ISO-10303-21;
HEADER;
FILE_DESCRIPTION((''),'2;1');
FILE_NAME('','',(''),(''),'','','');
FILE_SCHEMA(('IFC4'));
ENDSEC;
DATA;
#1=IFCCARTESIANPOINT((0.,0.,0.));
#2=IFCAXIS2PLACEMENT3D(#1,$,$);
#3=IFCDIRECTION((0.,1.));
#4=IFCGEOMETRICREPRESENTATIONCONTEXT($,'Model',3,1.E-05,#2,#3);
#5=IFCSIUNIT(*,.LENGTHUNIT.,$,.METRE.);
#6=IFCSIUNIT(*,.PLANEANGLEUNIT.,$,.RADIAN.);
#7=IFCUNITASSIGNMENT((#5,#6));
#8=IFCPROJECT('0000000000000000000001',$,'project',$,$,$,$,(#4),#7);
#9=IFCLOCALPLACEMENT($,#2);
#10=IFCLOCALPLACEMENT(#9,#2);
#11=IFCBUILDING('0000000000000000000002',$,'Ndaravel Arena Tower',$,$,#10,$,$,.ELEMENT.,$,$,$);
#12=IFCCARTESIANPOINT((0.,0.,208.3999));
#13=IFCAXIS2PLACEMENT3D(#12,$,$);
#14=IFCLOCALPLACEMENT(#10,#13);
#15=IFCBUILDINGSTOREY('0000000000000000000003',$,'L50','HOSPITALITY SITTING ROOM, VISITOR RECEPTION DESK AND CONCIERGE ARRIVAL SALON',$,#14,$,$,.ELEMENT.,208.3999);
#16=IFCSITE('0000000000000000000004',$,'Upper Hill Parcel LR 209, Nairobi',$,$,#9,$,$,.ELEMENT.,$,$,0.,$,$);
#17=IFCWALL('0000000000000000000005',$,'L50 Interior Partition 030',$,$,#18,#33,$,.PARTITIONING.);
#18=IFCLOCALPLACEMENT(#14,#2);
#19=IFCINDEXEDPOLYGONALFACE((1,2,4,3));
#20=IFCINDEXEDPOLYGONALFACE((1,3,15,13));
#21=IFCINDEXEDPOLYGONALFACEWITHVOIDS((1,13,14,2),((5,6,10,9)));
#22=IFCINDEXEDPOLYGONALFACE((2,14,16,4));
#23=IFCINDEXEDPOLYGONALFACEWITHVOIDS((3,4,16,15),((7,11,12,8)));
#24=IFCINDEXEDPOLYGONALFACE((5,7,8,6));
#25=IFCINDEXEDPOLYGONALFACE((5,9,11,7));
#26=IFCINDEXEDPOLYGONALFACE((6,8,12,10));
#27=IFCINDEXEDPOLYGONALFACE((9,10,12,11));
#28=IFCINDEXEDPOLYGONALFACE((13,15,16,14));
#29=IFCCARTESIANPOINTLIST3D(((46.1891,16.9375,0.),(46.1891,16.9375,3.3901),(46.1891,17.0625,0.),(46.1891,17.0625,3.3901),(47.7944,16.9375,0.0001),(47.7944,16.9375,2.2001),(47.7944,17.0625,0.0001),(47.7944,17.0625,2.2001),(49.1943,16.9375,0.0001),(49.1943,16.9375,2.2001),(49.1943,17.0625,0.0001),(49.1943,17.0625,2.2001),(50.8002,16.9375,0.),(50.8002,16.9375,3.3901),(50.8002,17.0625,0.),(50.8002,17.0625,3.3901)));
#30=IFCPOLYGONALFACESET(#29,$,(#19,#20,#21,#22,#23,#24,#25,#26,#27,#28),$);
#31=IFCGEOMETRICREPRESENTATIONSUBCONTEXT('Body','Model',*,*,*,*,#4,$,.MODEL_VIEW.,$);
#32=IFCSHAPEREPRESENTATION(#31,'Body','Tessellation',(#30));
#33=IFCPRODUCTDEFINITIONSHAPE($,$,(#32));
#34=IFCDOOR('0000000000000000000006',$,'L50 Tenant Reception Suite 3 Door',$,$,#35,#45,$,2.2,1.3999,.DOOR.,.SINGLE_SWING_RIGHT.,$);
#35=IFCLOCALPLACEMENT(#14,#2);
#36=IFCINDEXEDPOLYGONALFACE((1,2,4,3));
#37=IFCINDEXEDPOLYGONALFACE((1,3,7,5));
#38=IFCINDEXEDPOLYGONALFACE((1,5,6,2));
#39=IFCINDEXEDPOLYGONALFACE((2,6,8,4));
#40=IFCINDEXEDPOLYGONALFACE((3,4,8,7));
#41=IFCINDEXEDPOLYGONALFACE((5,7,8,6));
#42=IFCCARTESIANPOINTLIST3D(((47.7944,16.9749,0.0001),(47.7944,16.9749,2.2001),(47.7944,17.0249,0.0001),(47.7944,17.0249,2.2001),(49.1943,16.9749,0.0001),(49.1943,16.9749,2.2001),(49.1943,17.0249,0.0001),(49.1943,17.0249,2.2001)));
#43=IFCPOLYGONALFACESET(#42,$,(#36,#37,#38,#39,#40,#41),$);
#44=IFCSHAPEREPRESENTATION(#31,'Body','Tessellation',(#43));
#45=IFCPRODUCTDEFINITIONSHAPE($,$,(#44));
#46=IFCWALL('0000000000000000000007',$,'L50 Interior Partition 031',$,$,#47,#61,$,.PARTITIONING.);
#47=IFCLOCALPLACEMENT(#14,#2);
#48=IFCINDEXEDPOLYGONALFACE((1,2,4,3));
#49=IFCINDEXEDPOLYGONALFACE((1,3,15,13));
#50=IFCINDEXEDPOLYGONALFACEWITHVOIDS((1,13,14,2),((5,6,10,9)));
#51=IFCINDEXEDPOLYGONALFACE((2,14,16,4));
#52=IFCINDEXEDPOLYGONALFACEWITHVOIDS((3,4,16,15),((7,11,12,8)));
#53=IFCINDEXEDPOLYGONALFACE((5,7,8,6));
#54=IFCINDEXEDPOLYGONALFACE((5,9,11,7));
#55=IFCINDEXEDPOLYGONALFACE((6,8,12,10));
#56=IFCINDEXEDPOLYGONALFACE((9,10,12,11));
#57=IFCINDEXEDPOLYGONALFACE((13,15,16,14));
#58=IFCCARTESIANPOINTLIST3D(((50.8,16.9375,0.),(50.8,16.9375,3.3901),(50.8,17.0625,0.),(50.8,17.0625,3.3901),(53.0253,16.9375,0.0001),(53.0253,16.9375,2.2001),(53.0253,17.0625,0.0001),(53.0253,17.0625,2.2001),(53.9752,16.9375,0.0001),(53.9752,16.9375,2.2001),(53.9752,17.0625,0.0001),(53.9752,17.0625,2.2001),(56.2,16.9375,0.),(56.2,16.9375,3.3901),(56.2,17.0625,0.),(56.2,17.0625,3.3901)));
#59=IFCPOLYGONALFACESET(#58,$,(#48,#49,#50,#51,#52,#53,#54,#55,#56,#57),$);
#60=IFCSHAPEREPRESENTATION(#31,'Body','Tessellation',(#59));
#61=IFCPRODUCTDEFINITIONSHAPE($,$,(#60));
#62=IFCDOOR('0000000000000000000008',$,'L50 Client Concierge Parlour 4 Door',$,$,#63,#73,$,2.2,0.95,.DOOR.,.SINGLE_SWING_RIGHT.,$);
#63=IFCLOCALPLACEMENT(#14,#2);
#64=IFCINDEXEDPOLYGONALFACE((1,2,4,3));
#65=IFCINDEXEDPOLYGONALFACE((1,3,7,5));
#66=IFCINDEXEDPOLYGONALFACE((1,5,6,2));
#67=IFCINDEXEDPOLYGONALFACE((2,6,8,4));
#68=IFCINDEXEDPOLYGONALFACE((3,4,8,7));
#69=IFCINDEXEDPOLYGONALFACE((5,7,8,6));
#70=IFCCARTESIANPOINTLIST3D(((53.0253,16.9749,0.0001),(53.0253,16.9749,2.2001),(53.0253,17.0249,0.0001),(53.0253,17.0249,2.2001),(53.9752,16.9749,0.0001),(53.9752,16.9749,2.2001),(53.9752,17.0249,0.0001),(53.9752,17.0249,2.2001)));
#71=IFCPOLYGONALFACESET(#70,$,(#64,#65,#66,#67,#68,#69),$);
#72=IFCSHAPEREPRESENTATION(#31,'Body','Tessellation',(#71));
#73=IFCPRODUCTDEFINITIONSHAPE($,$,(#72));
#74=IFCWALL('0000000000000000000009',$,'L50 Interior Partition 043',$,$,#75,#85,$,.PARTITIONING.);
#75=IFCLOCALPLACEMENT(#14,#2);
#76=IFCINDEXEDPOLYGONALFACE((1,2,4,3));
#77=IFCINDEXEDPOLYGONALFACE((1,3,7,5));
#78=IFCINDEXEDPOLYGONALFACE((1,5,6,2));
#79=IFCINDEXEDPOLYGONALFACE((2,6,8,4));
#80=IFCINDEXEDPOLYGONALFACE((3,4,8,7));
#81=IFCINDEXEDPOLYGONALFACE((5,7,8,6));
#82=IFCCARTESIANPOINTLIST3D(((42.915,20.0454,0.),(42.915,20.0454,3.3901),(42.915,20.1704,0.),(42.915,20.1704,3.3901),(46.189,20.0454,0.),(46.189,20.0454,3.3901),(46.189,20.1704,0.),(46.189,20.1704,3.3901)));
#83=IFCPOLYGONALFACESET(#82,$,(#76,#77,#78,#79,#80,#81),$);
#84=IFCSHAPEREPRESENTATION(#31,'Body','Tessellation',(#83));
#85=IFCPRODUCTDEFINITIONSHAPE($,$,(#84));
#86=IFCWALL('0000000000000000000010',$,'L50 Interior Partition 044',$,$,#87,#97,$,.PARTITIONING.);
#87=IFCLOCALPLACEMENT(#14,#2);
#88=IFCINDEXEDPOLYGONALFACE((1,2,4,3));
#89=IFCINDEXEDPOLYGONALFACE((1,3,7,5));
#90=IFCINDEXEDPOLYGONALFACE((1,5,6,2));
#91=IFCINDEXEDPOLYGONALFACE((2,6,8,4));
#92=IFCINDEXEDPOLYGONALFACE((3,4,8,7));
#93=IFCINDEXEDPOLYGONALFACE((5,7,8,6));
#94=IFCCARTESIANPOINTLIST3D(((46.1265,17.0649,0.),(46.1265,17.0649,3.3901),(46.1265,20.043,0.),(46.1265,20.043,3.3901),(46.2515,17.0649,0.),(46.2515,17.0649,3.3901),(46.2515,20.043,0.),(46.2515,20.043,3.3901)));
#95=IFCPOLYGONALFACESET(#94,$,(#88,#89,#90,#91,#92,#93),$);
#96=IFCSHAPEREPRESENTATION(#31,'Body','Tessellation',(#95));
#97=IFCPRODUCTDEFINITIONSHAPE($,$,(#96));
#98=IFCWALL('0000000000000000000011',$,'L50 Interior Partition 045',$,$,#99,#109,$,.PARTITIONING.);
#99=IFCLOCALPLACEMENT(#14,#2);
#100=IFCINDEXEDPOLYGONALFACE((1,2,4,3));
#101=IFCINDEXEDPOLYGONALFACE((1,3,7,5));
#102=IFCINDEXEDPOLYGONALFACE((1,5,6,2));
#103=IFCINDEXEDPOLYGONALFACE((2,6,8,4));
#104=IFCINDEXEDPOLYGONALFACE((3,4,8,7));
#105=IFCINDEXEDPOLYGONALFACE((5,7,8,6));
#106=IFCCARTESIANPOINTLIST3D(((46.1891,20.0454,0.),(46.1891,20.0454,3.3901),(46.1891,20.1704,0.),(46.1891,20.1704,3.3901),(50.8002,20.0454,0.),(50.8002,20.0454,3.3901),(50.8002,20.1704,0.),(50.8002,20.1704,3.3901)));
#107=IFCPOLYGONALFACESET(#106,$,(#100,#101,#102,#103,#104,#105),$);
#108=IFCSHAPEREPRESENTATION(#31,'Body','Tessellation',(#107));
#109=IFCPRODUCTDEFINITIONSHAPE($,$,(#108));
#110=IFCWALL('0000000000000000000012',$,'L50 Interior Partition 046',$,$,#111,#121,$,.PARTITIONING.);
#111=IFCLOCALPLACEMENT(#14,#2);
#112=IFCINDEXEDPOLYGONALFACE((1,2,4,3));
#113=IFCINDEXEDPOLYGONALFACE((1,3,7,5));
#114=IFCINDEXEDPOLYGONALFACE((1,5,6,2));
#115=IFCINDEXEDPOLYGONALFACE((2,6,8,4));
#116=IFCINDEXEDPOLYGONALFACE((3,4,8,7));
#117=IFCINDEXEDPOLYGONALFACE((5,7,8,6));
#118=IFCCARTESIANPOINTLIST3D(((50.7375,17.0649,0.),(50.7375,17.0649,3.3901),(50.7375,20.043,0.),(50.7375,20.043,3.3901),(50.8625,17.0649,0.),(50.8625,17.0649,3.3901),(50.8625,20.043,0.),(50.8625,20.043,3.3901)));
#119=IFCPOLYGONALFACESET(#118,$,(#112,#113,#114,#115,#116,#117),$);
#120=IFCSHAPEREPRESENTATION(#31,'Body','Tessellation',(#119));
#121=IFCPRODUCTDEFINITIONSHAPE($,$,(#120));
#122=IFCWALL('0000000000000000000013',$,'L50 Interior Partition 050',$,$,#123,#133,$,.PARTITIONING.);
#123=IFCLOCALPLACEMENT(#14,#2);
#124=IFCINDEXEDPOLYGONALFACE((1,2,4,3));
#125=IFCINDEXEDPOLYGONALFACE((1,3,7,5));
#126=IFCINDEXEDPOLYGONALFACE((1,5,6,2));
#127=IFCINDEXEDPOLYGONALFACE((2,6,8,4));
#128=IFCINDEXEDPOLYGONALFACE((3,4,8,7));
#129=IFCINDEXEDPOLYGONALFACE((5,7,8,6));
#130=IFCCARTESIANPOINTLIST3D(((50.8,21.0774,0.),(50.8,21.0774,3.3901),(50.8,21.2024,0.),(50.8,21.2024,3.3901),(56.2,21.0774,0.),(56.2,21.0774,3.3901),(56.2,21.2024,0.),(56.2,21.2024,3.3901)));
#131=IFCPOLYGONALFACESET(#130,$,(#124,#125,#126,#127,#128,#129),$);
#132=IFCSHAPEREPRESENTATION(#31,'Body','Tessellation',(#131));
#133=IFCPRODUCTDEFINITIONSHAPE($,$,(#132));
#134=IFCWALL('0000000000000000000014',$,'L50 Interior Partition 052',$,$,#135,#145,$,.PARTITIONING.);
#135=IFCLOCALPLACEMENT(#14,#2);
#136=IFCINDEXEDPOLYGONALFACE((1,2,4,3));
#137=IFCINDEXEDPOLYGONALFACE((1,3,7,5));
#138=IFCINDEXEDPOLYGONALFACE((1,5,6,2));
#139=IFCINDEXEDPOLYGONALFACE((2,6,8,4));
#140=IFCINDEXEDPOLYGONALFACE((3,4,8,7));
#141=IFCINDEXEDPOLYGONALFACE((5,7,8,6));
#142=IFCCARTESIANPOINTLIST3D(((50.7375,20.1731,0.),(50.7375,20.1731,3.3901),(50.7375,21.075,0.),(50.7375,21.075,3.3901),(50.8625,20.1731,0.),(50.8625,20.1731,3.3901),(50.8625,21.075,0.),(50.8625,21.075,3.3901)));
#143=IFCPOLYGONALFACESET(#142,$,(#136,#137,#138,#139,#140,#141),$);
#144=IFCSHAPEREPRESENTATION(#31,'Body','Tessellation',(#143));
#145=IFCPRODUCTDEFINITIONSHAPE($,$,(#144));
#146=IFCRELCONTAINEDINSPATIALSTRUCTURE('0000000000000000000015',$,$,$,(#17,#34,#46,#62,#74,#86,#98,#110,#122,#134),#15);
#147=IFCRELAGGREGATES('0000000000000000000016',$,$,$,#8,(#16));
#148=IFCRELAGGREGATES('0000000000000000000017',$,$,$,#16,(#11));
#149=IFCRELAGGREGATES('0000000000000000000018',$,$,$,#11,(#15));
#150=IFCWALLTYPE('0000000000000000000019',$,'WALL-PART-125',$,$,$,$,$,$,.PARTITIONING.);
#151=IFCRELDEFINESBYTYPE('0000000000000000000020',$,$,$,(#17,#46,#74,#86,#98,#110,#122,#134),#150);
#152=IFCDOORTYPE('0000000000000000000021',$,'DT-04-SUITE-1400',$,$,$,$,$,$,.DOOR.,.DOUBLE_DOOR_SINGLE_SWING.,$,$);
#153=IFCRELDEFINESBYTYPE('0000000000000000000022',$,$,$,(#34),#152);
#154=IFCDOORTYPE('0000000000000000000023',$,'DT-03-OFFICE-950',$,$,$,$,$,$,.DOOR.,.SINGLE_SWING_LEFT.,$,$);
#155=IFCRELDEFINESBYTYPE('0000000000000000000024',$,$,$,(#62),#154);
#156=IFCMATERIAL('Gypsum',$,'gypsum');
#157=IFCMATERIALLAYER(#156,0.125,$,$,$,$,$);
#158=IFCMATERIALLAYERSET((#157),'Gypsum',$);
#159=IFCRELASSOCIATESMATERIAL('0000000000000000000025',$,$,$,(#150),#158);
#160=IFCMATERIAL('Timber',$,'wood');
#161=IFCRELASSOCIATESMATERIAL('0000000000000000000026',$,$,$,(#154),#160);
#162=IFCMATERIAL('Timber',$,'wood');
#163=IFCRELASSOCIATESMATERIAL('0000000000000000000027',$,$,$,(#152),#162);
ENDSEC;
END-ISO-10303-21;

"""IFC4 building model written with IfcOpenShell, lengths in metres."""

from ifc_helpers import new_model, si_unit, direction, frame, frame_2d, origin, place, context, subcontext, project, spatial, rectangle, extrude, material, layer, layer_set, type_object, element, fill, save


model = new_model("IFC4")

# Units and contexts
model_context = context("Model", 3, precision=1e-05, world=origin(), true_north=direction((0.0, 1.0)))
body_context = subcontext(model_context, "Body", "Model", "MODEL_VIEW")
ifc_project = project(units=[si_unit("LENGTHUNIT", "METRE"), si_unit("PLANEANGLEUNIT", "RADIAN")], contexts=[model_context])

# Site, building, storey
site_placement = place(None, origin())
site = spatial("IfcSite", under=ifc_project, at=site_placement, Name="Upper Hill Parcel LR 209, Nairobi", CompositionType="ELEMENT", RefElevation=0.0)
building_placement = place(site_placement, origin())
building = spatial("IfcBuilding", under=site, at=building_placement, Name="Ndaravel Arena Tower", CompositionType="ELEMENT")
storey_placement = place(building_placement, frame((0.0, 0.0, 208.3999)))
storey = spatial("IfcBuildingStorey", under=building, at=storey_placement, Name="L50", Description="HOSPITALITY SITTING ROOM, VISITOR RECEPTION DESK AND CONCIERGE ARRIVAL SALON", CompositionType="ELEMENT", Elevation=208.3999)

# Shared definitions
ifc_material_1 = material(Name="Gypsum", Category="gypsum")
ifc_layer_1 = layer(ifc_material_1, 0.125)
ifc_layer_set_1 = layer_set([ifc_layer_1], Name="Gypsum")
wall_type = type_object("IfcWallType", Name="WALL-PART-125", PredefinedType="PARTITIONING", material=ifc_layer_set_1)

# Walls, openings, doors
ifc_material_2 = material(Name="Timber", Category="wood")
door_type_1 = type_object("IfcDoorType", Name="DT-03-OFFICE-950", OperationType="SINGLE_SWING_LEFT", PredefinedType="DOOR", material=ifc_material_2)
wall_1_placement = place(storey_placement, frame((46.189, 17.0, 0.0), z_axis=(0.0, 0.0, 1.0), x_axis=(1.0, 0.0, 0.0)))
wall_1 = element("IfcWall", 1, at=wall_1_placement, inside=storey, type_object=wall_type, Name="L50 Interior Partition 030", PredefinedType="PARTITIONING", context=body_context, shape_type="SweptSolid", body=[
    extrude(rectangle(XDim=4.6111, YDim=0.125, at=frame_2d((2.3057, 0.0))), origin(), (0.0, 0.0, 1.0), 3.3901),
])
opening_1_placement = place(wall_1_placement, frame((1.6055, 0.0, 0.0)))
opening_1 = element("IfcOpeningElement", 2, at=opening_1_placement, cuts=wall_1, PredefinedType="OPENING", context=body_context, shape_type="SweptSolid", body=[
    extrude(rectangle(XDim=1.3999, YDim=2.2, at=frame_2d((0.7, 1.1001))), frame((0.0, 0.0625, 0.0), z_axis=(0.0, -1.0, 0.0), x_axis=(1.0, 0.0, 0.0)), (0.0, 0.0, 1.0), 0.125),
])
ifc_material_3 = material(Name="Timber", Category="wood")
door_type_2 = type_object("IfcDoorType", Name="DT-04-SUITE-1400", OperationType="DOUBLE_DOOR_SINGLE_SWING", PredefinedType="DOOR", material=ifc_material_3)
door_1_placement = place(opening_1_placement, origin())
door_1 = element("IfcDoor", 3, at=door_1_placement, inside=storey, type_object=door_type_2, Name="L50 Tenant Reception Suite 3 Door", OperationType="SINGLE_SWING_RIGHT", OverallHeight=2.2, OverallWidth=1.3999, PredefinedType="DOOR", context=body_context, shape_type="SweptSolid", body=[
    extrude(rectangle(XDim=1.3999, YDim=2.2, at=frame_2d((0.7, 1.1001))), frame((0.0, 0.0249, 0.0), z_axis=(0.0, -1.0, 0.0), x_axis=(1.0, 0.0, 0.0)), (0.0, 0.0, 1.0), 0.05),
])
fill(opening_1, door_1)
wall_2_placement = place(storey_placement, frame((50.8, 17.0, 0.0), z_axis=(0.0, 0.0, 1.0), x_axis=(1.0, 0.0, 0.0)))
wall_2 = element("IfcWall", 4, at=wall_2_placement, inside=storey, type_object=wall_type, Name="L50 Interior Partition 031", PredefinedType="PARTITIONING", context=body_context, shape_type="SweptSolid", body=[
    extrude(rectangle(XDim=5.3999, YDim=0.125, at=frame_2d((2.7, 0.0))), origin(), (0.0, 0.0, 1.0), 3.3901),
])
opening_2_placement = place(wall_2_placement, frame((2.2251, 0.0, 0.0)))
opening_2 = element("IfcOpeningElement", 5, at=opening_2_placement, cuts=wall_2, PredefinedType="OPENING", context=body_context, shape_type="SweptSolid", body=[
    extrude(rectangle(XDim=0.95, YDim=2.2, at=frame_2d((0.4751, 1.1001))), frame((0.0, 0.0625, 0.0), z_axis=(0.0, -1.0, 0.0), x_axis=(1.0, 0.0, 0.0)), (0.0, 0.0, 1.0), 0.125),
])
door_2_placement = place(opening_2_placement, origin())
door_2 = element("IfcDoor", 6, at=door_2_placement, inside=storey, type_object=door_type_1, Name="L50 Client Concierge Parlour 4 Door", OperationType="SINGLE_SWING_RIGHT", OverallHeight=2.2, OverallWidth=0.95, PredefinedType="DOOR", context=body_context, shape_type="SweptSolid", body=[
    extrude(rectangle(XDim=0.95, YDim=2.2, at=frame_2d((0.4751, 1.1001))), frame((0.0, 0.0249, 0.0), z_axis=(0.0, -1.0, 0.0), x_axis=(1.0, 0.0, 0.0)), (0.0, 0.0, 1.0), 0.05),
])
fill(opening_2, door_2)

# Walls
wall_3_placement = place(storey_placement, frame((42.915, 20.1079, 0.0), z_axis=(0.0, 0.0, 1.0), x_axis=(1.0, 0.0, 0.0)))
element("IfcWall", 7, at=wall_3_placement, inside=storey, type_object=wall_type, Name="L50 Interior Partition 043", PredefinedType="PARTITIONING", context=body_context, shape_type="SweptSolid", body=[
    extrude(rectangle(XDim=3.2739, YDim=0.125, at=frame_2d((1.637, 0.0))), origin(), (0.0, 0.0, 1.0), 3.3901),
])
wall_4_placement = place(storey_placement, frame((46.189, 20.043, 0.0), z_axis=(0.0, 0.0, 1.0), x_axis=(0.0, -1.0, 0.0)))
element("IfcWall", 8, at=wall_4_placement, inside=storey, type_object=wall_type, Name="L50 Interior Partition 044", PredefinedType="PARTITIONING", context=body_context, shape_type="SweptSolid", body=[
    extrude(rectangle(XDim=2.978, YDim=0.125, at=frame_2d((1.489, 0.0))), origin(), (0.0, 0.0, 1.0), 3.3901),
])
wall_5_placement = place(storey_placement, frame((46.189, 20.1079, 0.0), z_axis=(0.0, 0.0, 1.0), x_axis=(1.0, 0.0, 0.0)))
element("IfcWall", 9, at=wall_5_placement, inside=storey, type_object=wall_type, Name="L50 Interior Partition 045", PredefinedType="PARTITIONING", context=body_context, shape_type="SweptSolid", body=[
    extrude(rectangle(XDim=4.6111, YDim=0.125, at=frame_2d((2.3057, 0.0))), origin(), (0.0, 0.0, 1.0), 3.3901),
])
wall_6_placement = place(storey_placement, frame((50.8, 20.043, 0.0), z_axis=(0.0, 0.0, 1.0), x_axis=(0.0, -1.0, 0.0)))
element("IfcWall", 10, at=wall_6_placement, inside=storey, type_object=wall_type, Name="L50 Interior Partition 046", PredefinedType="PARTITIONING", context=body_context, shape_type="SweptSolid", body=[
    extrude(rectangle(XDim=2.978, YDim=0.125, at=frame_2d((1.489, 0.0))), origin(), (0.0, 0.0, 1.0), 3.3901),
])
wall_7_placement = place(storey_placement, frame((50.8, 21.1399, 0.0), z_axis=(0.0, 0.0, 1.0), x_axis=(1.0, 0.0, 0.0)))
element("IfcWall", 11, at=wall_7_placement, inside=storey, type_object=wall_type, Name="L50 Interior Partition 050", PredefinedType="PARTITIONING", context=body_context, shape_type="SweptSolid", body=[
    extrude(rectangle(XDim=5.3999, YDim=0.125, at=frame_2d((2.7, 0.0))), origin(), (0.0, 0.0, 1.0), 3.3901),
])
wall_8_placement = place(storey_placement, frame((50.8, 20.1731, 0.0), z_axis=(0.0, 0.0, 1.0), x_axis=(0.0, 1.0, 0.0)))
element("IfcWall", 12, at=wall_8_placement, inside=storey, type_object=wall_type, Name="L50 Interior Partition 052", PredefinedType="PARTITIONING", context=body_context, shape_type="SweptSolid", body=[
    extrude(rectangle(XDim=0.9019, YDim=0.125, at=frame_2d((0.4509, 0.0))), origin(), (0.0, 0.0, 1.0), 3.3901),
])

save(model, "model.ifc")
